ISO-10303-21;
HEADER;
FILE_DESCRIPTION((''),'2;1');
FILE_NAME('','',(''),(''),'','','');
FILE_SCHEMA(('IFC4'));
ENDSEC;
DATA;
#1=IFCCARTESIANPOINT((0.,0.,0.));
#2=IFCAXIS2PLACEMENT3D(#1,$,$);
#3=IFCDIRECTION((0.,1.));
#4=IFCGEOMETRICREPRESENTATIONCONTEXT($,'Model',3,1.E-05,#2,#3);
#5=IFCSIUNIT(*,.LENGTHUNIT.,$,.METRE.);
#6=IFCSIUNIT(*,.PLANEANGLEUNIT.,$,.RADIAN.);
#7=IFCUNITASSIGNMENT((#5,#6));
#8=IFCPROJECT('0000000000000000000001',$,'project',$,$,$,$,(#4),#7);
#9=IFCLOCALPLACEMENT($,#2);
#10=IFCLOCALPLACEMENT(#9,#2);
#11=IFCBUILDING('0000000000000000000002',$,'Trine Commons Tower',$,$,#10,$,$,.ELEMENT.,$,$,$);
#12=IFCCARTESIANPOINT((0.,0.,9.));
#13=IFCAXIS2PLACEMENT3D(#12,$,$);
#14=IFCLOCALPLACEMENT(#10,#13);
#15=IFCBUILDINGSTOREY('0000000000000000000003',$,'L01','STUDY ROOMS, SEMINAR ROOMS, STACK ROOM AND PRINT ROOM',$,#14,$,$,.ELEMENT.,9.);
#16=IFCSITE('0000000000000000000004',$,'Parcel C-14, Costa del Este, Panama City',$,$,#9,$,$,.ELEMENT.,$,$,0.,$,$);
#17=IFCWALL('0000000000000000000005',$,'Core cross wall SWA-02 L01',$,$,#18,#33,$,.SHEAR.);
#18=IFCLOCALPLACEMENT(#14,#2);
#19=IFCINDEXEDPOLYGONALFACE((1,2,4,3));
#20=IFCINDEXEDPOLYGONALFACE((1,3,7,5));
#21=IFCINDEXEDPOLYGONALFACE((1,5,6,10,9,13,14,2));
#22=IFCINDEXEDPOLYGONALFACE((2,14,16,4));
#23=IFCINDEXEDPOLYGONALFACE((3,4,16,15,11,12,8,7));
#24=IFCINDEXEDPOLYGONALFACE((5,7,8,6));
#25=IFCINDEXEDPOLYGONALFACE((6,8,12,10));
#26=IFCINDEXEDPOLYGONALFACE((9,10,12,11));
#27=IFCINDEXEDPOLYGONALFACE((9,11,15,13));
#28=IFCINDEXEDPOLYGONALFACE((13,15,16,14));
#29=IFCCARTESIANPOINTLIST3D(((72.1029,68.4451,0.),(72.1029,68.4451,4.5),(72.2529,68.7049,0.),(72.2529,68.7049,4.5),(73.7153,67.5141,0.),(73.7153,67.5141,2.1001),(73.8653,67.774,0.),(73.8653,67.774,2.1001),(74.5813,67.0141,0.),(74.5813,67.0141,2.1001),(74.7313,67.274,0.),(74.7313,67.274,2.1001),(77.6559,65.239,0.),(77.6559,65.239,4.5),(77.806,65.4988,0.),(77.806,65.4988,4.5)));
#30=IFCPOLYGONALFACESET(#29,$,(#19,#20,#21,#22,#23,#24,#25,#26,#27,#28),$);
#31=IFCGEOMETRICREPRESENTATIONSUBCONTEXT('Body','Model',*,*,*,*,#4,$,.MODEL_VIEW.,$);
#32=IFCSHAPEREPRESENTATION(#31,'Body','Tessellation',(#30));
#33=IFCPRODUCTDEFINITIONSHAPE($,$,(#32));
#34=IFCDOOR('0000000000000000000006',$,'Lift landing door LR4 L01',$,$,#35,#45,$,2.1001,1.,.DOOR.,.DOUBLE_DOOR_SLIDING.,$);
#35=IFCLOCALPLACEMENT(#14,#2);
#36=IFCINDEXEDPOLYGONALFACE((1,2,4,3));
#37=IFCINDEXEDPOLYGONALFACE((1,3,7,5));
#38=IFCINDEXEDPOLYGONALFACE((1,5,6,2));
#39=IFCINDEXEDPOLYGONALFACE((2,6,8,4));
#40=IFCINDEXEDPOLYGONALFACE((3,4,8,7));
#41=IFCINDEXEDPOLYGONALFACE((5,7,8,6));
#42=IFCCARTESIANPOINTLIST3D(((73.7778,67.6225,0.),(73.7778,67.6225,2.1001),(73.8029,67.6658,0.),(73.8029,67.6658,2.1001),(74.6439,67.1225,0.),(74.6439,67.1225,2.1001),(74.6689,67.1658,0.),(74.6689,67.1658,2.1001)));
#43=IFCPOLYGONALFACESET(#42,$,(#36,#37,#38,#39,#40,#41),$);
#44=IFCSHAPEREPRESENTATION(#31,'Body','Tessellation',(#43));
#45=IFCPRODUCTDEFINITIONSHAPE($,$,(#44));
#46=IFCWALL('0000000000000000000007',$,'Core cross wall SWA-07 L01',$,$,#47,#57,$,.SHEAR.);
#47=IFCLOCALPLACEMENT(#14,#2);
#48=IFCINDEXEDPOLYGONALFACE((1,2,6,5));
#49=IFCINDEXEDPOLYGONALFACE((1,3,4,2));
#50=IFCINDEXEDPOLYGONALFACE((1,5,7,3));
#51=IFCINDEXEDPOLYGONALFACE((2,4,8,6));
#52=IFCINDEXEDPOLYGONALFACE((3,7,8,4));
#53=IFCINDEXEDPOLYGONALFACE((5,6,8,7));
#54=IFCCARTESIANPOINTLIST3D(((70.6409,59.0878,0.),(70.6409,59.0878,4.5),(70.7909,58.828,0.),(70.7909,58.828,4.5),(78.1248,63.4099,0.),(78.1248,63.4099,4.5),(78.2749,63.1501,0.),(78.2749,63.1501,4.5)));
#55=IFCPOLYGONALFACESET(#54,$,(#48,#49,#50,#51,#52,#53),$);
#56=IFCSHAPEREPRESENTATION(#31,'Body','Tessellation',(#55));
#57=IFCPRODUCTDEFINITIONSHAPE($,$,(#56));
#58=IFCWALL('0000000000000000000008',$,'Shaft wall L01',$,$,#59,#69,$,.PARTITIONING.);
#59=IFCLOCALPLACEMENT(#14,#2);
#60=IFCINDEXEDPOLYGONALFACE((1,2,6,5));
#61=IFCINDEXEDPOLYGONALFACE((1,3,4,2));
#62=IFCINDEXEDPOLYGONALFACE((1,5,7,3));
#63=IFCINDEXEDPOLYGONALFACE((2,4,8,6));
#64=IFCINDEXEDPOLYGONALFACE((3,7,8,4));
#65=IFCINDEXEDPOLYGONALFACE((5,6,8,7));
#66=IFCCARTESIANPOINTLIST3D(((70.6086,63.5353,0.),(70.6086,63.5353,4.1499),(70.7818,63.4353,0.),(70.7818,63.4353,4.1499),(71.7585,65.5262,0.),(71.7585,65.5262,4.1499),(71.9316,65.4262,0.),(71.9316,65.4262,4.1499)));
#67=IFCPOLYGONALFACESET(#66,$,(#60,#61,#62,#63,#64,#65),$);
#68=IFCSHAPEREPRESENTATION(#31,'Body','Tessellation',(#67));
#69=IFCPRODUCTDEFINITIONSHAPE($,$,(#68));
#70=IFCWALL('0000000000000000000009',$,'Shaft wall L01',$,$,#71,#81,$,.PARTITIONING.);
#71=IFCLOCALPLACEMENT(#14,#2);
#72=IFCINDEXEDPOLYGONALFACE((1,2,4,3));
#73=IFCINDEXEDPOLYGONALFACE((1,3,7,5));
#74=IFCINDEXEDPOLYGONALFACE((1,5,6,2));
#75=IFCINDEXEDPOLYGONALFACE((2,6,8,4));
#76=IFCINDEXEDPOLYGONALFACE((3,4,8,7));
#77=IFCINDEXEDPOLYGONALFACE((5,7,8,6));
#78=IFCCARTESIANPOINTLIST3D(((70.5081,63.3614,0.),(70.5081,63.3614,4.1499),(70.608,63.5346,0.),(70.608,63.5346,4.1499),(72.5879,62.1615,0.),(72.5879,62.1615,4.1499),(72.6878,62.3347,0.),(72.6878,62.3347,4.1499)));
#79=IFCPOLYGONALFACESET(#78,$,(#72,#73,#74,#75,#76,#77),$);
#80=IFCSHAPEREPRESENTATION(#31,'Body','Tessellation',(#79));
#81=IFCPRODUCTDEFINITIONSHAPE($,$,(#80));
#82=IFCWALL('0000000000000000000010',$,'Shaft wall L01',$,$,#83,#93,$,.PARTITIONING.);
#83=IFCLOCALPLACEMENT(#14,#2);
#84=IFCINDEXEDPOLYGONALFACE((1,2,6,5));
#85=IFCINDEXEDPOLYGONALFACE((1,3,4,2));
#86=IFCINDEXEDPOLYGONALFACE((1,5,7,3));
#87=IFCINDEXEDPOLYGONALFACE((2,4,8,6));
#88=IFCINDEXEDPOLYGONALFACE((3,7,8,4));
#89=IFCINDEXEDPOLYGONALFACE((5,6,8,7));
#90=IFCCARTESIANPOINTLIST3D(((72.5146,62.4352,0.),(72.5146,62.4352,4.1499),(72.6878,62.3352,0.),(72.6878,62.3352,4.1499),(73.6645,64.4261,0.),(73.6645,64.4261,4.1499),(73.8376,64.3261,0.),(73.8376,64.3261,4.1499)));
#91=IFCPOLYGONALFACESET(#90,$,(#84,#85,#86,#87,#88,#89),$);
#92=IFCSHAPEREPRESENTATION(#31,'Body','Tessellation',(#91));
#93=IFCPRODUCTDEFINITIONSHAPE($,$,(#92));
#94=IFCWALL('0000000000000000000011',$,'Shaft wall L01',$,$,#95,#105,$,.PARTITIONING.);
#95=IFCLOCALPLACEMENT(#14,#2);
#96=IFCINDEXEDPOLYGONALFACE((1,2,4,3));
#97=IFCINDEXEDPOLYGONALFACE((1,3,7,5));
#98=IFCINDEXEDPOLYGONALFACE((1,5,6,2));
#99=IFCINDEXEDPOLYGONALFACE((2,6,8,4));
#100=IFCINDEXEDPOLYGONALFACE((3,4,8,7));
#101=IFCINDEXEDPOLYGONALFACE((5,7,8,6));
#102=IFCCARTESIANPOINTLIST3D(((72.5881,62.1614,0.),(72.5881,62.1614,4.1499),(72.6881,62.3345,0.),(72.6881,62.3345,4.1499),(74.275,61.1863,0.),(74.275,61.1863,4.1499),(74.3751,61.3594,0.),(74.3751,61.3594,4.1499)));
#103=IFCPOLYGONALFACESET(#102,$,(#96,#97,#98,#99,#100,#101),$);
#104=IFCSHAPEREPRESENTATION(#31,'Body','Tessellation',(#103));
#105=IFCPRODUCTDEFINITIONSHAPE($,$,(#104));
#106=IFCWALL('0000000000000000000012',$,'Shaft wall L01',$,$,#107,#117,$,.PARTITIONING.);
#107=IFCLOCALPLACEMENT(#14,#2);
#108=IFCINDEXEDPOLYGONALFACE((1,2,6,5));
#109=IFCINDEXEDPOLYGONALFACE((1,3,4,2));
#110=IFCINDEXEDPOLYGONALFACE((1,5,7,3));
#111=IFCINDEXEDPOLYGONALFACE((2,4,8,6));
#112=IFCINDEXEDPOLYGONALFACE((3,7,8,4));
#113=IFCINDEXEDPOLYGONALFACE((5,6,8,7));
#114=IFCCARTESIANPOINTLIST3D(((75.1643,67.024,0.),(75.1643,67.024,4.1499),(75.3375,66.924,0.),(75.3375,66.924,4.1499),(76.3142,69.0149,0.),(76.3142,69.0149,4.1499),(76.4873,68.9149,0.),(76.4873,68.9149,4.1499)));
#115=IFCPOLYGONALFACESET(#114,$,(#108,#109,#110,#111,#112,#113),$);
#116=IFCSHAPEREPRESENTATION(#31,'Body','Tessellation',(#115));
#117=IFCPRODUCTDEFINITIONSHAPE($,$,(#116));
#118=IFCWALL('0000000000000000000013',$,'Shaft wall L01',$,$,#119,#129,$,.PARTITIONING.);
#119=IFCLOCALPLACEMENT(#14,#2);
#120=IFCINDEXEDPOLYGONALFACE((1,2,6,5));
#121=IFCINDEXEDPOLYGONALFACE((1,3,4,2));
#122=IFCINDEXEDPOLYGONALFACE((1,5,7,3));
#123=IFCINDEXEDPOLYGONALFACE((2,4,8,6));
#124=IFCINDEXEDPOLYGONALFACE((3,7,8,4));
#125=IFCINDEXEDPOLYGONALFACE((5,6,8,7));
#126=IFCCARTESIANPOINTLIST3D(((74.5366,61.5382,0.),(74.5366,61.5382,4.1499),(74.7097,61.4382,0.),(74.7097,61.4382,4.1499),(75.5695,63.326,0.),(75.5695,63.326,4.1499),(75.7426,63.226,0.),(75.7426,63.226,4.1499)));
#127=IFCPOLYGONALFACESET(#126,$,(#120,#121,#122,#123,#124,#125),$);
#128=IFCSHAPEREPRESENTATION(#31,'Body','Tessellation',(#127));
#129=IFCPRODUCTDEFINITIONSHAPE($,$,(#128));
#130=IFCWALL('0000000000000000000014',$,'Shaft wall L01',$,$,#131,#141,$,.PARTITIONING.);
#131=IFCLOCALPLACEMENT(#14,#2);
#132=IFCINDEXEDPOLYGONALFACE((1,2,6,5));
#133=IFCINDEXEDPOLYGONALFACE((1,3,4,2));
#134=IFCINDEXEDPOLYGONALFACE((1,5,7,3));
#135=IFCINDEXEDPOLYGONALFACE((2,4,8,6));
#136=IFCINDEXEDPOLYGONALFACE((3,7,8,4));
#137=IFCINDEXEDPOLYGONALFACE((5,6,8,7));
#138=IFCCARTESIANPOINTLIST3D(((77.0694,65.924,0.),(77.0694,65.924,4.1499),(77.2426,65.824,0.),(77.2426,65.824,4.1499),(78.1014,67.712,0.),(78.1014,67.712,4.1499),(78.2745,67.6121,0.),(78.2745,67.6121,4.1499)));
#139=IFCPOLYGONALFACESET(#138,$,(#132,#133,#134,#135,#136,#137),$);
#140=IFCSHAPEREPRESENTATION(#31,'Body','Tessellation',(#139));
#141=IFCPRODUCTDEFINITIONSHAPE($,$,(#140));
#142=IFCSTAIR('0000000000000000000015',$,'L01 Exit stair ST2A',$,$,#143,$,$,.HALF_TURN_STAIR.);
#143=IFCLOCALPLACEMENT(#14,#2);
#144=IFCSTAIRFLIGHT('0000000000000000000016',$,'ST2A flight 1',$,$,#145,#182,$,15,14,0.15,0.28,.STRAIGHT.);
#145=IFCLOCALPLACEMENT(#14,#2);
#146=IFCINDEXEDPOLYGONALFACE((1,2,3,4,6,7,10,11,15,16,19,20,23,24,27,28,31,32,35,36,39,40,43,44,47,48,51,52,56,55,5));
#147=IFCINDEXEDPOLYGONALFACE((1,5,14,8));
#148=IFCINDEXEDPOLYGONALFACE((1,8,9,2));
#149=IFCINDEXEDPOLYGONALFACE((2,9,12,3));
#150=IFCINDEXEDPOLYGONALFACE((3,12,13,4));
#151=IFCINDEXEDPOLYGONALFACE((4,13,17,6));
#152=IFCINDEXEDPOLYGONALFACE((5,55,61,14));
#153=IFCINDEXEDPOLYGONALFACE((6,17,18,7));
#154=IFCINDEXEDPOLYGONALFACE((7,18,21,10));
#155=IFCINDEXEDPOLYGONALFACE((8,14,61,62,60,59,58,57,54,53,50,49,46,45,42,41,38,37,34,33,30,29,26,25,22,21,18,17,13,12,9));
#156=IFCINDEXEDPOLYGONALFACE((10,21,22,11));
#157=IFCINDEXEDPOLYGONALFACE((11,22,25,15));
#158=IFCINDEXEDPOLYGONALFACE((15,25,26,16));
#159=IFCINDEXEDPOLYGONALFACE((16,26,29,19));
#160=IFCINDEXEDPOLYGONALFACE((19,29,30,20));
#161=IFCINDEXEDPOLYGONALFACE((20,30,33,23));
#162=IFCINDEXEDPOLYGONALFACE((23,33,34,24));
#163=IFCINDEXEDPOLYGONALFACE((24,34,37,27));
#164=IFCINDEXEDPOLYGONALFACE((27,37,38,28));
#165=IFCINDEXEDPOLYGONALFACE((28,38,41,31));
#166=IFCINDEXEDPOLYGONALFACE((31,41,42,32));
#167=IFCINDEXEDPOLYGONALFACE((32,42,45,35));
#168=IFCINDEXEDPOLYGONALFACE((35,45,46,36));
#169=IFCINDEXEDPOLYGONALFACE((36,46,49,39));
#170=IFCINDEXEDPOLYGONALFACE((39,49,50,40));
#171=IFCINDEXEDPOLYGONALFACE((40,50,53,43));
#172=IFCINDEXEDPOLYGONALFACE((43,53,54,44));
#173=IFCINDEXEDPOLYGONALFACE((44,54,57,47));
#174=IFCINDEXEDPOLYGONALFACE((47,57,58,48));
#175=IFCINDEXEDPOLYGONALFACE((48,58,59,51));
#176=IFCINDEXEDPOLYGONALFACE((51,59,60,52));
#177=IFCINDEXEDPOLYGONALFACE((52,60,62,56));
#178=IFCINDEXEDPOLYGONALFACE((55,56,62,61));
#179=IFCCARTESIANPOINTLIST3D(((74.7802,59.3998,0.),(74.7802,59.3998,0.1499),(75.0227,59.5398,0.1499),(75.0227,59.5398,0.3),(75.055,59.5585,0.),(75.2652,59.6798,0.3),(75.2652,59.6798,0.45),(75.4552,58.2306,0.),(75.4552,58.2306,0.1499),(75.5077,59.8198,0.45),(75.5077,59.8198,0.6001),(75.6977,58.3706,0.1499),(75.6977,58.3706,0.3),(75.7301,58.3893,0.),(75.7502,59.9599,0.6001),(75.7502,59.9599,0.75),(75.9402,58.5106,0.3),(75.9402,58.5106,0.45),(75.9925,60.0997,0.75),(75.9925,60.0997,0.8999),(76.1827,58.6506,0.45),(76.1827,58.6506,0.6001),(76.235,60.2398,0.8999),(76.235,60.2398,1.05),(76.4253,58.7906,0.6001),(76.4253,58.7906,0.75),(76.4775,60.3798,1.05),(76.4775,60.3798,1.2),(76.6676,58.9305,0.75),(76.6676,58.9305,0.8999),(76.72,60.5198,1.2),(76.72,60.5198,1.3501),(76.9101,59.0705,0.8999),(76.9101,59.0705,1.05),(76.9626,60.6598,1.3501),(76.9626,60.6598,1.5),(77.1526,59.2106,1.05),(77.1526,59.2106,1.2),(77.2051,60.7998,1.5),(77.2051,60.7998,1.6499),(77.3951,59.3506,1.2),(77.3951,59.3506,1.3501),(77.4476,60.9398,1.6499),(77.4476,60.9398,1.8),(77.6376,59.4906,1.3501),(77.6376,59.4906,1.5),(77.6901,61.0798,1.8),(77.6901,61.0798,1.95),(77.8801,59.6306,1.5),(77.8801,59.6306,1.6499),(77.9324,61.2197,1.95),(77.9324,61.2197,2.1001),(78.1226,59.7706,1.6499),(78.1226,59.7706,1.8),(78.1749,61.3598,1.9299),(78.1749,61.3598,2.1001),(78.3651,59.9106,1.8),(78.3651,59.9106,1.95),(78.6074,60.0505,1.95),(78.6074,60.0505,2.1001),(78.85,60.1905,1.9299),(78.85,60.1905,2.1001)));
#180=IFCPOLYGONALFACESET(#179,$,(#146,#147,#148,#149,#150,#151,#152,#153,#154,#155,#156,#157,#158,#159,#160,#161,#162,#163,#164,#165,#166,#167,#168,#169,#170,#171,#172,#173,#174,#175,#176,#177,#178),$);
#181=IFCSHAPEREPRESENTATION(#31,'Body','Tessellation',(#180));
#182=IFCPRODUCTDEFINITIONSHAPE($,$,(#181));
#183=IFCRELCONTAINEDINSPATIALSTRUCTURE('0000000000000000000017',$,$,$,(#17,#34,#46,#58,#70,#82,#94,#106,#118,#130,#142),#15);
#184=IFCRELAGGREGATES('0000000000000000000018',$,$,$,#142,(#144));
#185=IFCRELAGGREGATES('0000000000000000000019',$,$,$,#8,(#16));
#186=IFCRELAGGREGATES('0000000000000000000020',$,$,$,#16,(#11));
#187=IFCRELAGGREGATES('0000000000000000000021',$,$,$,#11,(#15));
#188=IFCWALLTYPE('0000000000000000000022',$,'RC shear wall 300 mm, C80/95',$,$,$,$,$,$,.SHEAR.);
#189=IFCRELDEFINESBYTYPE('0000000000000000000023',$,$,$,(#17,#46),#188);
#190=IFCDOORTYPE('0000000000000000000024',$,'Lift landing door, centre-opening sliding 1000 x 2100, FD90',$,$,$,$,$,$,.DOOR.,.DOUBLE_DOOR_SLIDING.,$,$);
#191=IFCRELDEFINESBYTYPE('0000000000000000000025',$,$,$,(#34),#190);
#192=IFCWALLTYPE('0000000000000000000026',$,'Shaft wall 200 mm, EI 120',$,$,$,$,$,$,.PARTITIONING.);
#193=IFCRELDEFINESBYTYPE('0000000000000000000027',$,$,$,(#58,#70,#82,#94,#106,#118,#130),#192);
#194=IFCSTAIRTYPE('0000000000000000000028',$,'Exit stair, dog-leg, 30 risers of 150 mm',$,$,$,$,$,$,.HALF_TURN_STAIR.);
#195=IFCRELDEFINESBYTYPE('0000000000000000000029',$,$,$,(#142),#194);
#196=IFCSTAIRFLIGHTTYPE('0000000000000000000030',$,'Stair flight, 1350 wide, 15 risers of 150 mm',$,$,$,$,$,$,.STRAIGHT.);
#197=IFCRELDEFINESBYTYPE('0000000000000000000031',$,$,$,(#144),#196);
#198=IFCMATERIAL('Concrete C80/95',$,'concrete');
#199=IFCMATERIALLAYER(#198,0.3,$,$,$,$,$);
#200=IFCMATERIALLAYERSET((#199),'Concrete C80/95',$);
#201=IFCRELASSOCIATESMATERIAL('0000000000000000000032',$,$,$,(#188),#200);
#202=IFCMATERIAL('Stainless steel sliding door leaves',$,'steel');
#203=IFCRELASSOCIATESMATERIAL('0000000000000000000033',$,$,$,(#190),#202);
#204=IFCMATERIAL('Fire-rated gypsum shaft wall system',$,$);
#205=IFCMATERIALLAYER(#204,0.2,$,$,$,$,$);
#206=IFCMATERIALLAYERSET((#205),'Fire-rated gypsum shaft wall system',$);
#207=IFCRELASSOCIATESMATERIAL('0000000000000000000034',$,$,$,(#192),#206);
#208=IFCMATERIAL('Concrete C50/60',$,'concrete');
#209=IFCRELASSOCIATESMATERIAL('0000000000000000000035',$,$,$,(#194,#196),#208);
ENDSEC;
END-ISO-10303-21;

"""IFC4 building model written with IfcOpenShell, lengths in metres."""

from ifc_helpers import new_model, si_unit, direction, frame, frame_2d, origin, place, context, subcontext, project, spatial, polyline, rectangle, outline, extrude, material, layer, layer_set, type_object, element, fill, aggregate, save


model = new_model("IFC4")

# Units and contexts
model_context = context("Model", 3, precision=1e-05, world=origin(), true_north=direction((0.0, 1.0)))
body_context = subcontext(model_context, "Body", "Model", "MODEL_VIEW")
ifc_project = project(units=[si_unit("LENGTHUNIT", "METRE"), si_unit("PLANEANGLEUNIT", "RADIAN")], contexts=[model_context])

# Site, building, storey
site_placement = place(None, origin())
site = spatial("IfcSite", under=ifc_project, at=site_placement, Name="Parcel C-14, Costa del Este, Panama City", CompositionType="ELEMENT", RefElevation=0.0)
building_placement = place(site_placement, origin())
building = spatial("IfcBuilding", under=site, at=building_placement, Name="Trine Commons Tower", CompositionType="ELEMENT")
storey_placement = place(building_placement, frame((0.0, 0.0, 9.0)))
storey = spatial("IfcBuildingStorey", under=building, at=storey_placement, Name="L01", Description="STUDY ROOMS, SEMINAR ROOMS, STACK ROOM AND PRINT ROOM", CompositionType="ELEMENT", Elevation=9.0)

# Shared definitions
ifc_material_1 = material(Name="Concrete C50/60", Category="concrete")

# Wall, opening, door
ifc_material_2 = material(Name="Fire-rated gypsum shaft wall system")
ifc_material_3 = material(Name="Concrete C80/95", Category="concrete")
ifc_layer_1 = layer(ifc_material_3, 0.3)
ifc_layer_set_1 = layer_set([ifc_layer_1], Name="Concrete C80/95")
wall_type_1 = type_object("IfcWallType", Name="RC shear wall 300 mm, C80/95", PredefinedType="SHEAR", material=ifc_layer_set_1)
ifc_material_4 = material(Name="Stainless steel sliding door leaves", Category="steel")
door_type_1 = type_object("IfcDoorType", Name="Lift landing door, centre-opening sliding 1000 x 2100, FD90", OperationType="DOUBLE_DOOR_SLIDING", PredefinedType="DOOR", material=ifc_material_4)
wall_1_placement = place(storey_placement, frame((77.731, 65.3689, 0.0), z_axis=(0.0, 0.0, 1.0), x_axis=(-0.866023, 0.500005, 0.0)))
wall_1 = element("IfcWall", 1, at=wall_1_placement, inside=storey, type_object=wall_type_1, Name="Core cross wall SWA-02 L01", PredefinedType="SHEAR", context=body_context, shape_type="SweptSolid", body=[
    extrude(rectangle(XDim=6.4121, YDim=0.3, at=frame_2d((3.2061, 0.0))), origin(), (0.0, 0.0, 1.0), 4.5),
])
opening_1_placement = place(wall_1_placement, frame((3.5503, 0.0, 0.0)))
opening_1 = element("IfcOpeningElement", 2, at=opening_1_placement, cuts=wall_1, PredefinedType="OPENING", context=body_context, shape_type="SweptSolid", body=[
    extrude(rectangle(XDim=1.0, YDim=2.1001, at=frame_2d((0.5, 1.05))), frame((0.0, 0.1599, 0.0), z_axis=(0.0, -1.0, 0.0), x_axis=(1.0, 0.0, 0.0)), (0.0, 0.0, 1.0), 0.3201),
])
door_1_placement = place(opening_1_placement, origin())
door_1 = element("IfcDoor", 3, at=door_1_placement, inside=storey, type_object=door_type_1, Name="Lift landing door LR4 L01", OperationType="DOUBLE_DOOR_SLIDING", OverallHeight=2.1001, OverallWidth=1.0, PredefinedType="DOOR", context=body_context, shape_type="SweptSolid", body=[
    extrude(rectangle(XDim=1.0, YDim=2.1001, at=frame_2d((0.5, 1.05))), frame((0.0, 0.0249, 0.0), z_axis=(0.0, -1.0, 0.0), x_axis=(1.0, 0.0, 0.0)), (0.0, 0.0, 1.0), 0.05),
])
fill(opening_1, door_1)

# Walls
wall_2_placement = place(storey_placement, frame((78.2, 63.28, 0.0), z_axis=(0.0, 0.0, 1.0), x_axis=(-0.865965, -0.500104, 0.0)))
element("IfcWall", 4, at=wall_2_placement, inside=storey, type_object=wall_type_1, Name="Core cross wall SWA-07 L01", PredefinedType="SHEAR", context=body_context, shape_type="SweptSolid", body=[
    extrude(rectangle(XDim=8.6423, YDim=0.3, at=frame_2d((4.3213, 0.0))), origin(), (0.0, 0.0, 1.0), 4.5),
])
ifc_layer_2 = layer(ifc_material_2, 0.2)
ifc_layer_set_2 = layer_set([ifc_layer_2], Name="Fire-rated gypsum shaft wall system")
wall_type_2 = type_object("IfcWallType", Name="Shaft wall 200 mm, EI 120", PredefinedType="PARTITIONING", material=ifc_layer_set_2)
wall_3_placement = place(storey_placement, frame((71.845, 65.4761, 0.0), z_axis=(0.0, 0.0, 1.0), x_axis=(-0.500136, -0.865947, 0.0)))
element("IfcWall", 5, at=wall_3_placement, inside=storey, type_object=wall_type_2, Name="Shaft wall L01", PredefinedType="PARTITIONING", context=body_context, shape_type="SweptSolid", body=[
    extrude(rectangle(XDim=2.2991, YDim=0.2, at=frame_2d((1.1494, 0.0))), origin(), (0.0, 0.0, 1.0), 4.1499),
])
wall_4_placement = place(storey_placement, frame((72.6379, 62.248, 0.0), z_axis=(0.0, 0.0, 1.0), x_axis=(-0.866177, 0.499737, 0.0)))
element("IfcWall", 6, at=wall_4_placement, inside=storey, type_object=wall_type_2, Name="Shaft wall L01", PredefinedType="PARTITIONING", context=body_context, shape_type="SweptSolid", body=[
    extrude(rectangle(XDim=2.4011, YDim=0.2, at=frame_2d((1.2007, 0.0))), origin(), (0.0, 0.0, 1.0), 4.1499),
])
wall_5_placement = place(storey_placement, frame((73.751, 64.376, 0.0), z_axis=(0.0, 0.0, 1.0), x_axis=(-0.500136, -0.865947, 0.0)))
element("IfcWall", 7, at=wall_5_placement, inside=storey, type_object=wall_type_2, Name="Shaft wall L01", PredefinedType="PARTITIONING", context=body_context, shape_type="SweptSolid", body=[
    extrude(rectangle(XDim=2.2991, YDim=0.2, at=frame_2d((1.1494, 0.0))), origin(), (0.0, 0.0, 1.0), 4.1499),
])
wall_6_placement = place(storey_placement, frame((74.325, 61.2729, 0.0), z_axis=(0.0, 0.0, 1.0), x_axis=(-0.865781, 0.500424, 0.0)))
element("IfcWall", 8, at=wall_6_placement, inside=storey, type_object=wall_type_2, Name="Shaft wall L01", PredefinedType="PARTITIONING", context=body_context, shape_type="SweptSolid", body=[
    extrude(rectangle(XDim=1.9485, YDim=0.2, at=frame_2d((0.9741, 0.0))), origin(), (0.0, 0.0, 1.0), 4.1499),
])
wall_7_placement = place(storey_placement, frame((75.251, 66.9741, 0.0), z_axis=(0.0, 0.0, 1.0), x_axis=(0.500136, 0.865947, 0.0)))
element("IfcWall", 9, at=wall_7_placement, inside=storey, type_object=wall_type_2, Name="Shaft wall L01", PredefinedType="PARTITIONING", context=body_context, shape_type="SweptSolid", body=[
    extrude(rectangle(XDim=2.2991, YDim=0.2, at=frame_2d((1.1494, 0.0))), origin(), (0.0, 0.0, 1.0), 4.1499),
])
wall_8_placement = place(storey_placement, frame((75.656, 63.2759, 0.0), z_axis=(0.0, 0.0, 1.0), x_axis=(-0.500272, -0.865868, 0.0)))
element("IfcWall", 10, at=wall_8_placement, inside=storey, type_object=wall_type_2, Name="Shaft wall L01", PredefinedType="PARTITIONING", context=body_context, shape_type="SweptSolid", body=[
    extrude(rectangle(XDim=2.0647, YDim=0.2, at=frame_2d((1.0322, 0.0))), origin(), (0.0, 0.0, 1.0), 4.1499),
])
wall_9_placement = place(storey_placement, frame((77.156, 65.874, 0.0), z_axis=(0.0, 0.0, 1.0), x_axis=(0.499866, 0.866103, 0.0)))
element("IfcWall", 11, at=wall_9_placement, inside=storey, type_object=wall_type_2, Name="Shaft wall L01", PredefinedType="PARTITIONING", context=body_context, shape_type="SweptSolid", body=[
    extrude(rectangle(XDim=2.0645, YDim=0.2, at=frame_2d((1.0322, 0.0))), origin(), (0.0, 0.0, 1.0), 4.1499),
])

# Stair, stair flight
stair_type = type_object("IfcStairType", Name="Exit stair, dog-leg, 30 risers of 150 mm", PredefinedType="HALF_TURN_STAIR", material=ifc_material_1)
stair_placement = place(storey_placement, origin())
stair = element("IfcStair", 12, at=stair_placement, inside=storey, type_object=stair_type, Name="L01 Exit stair ST2A", PredefinedType="HALF_TURN_STAIR")
stair_flight_type = type_object("IfcStairFlightType", Name="Stair flight, 1350 wide, 15 risers of 150 mm", PredefinedType="STRAIGHT", material=ifc_material_1)
stair_flight_1_placement = place(storey_placement, frame((75.1177, 58.8152, 0.0), z_axis=(0.0, 0.0, 1.0), x_axis=(0.866025, 0.5, 0.0)))
stair_flight_1 = element("IfcStairFlight", 13, at=stair_flight_1_placement, type_object=stair_flight_type, Name="ST2A flight 1", NumberOfRisers=15, NumberOfTreads=14, PredefinedType="STRAIGHT", RiserHeight=0.15, TreadLength=0.28, context=body_context, shape_type="SweptSolid", body=[
    extrude(outline(polyline([(0.0, 0.0), (0.0, 0.1499), (0.28, 0.1499), (0.28, 0.3), (0.5601, 0.3), (0.5601, 0.45), (0.8401, 0.45), (0.8401, 0.6001), (1.1201, 0.6001), (1.1201, 0.75), (1.3999, 0.75), (1.3999, 0.8999), (1.6799, 0.8999), (1.6799, 1.05), (1.96, 1.05), (1.96, 1.2), (2.24, 1.2), (2.24, 1.3501), (2.52, 1.3501), (2.52, 1.5), (2.8, 1.5), (2.8, 1.6499), (3.0801, 1.6499), (3.0801, 1.8), (3.3601, 1.8), (3.3601, 1.95), (3.6399, 1.95), (3.6399, 2.1001), (3.9199, 2.1001), (3.9199, 2.25), (3.9199, 1.9299), (0.3174, 0.0), (0.0, 0.0)])), frame((0.0, 0.675, 0.0), z_axis=(0.0, -1.0, 0.0), x_axis=(1.0, 0.0, 0.0)), (0.0, 0.0, 1.0), 1.3501),
])
aggregate(stair, [stair_flight_1])

save(model, "model.ifc")
